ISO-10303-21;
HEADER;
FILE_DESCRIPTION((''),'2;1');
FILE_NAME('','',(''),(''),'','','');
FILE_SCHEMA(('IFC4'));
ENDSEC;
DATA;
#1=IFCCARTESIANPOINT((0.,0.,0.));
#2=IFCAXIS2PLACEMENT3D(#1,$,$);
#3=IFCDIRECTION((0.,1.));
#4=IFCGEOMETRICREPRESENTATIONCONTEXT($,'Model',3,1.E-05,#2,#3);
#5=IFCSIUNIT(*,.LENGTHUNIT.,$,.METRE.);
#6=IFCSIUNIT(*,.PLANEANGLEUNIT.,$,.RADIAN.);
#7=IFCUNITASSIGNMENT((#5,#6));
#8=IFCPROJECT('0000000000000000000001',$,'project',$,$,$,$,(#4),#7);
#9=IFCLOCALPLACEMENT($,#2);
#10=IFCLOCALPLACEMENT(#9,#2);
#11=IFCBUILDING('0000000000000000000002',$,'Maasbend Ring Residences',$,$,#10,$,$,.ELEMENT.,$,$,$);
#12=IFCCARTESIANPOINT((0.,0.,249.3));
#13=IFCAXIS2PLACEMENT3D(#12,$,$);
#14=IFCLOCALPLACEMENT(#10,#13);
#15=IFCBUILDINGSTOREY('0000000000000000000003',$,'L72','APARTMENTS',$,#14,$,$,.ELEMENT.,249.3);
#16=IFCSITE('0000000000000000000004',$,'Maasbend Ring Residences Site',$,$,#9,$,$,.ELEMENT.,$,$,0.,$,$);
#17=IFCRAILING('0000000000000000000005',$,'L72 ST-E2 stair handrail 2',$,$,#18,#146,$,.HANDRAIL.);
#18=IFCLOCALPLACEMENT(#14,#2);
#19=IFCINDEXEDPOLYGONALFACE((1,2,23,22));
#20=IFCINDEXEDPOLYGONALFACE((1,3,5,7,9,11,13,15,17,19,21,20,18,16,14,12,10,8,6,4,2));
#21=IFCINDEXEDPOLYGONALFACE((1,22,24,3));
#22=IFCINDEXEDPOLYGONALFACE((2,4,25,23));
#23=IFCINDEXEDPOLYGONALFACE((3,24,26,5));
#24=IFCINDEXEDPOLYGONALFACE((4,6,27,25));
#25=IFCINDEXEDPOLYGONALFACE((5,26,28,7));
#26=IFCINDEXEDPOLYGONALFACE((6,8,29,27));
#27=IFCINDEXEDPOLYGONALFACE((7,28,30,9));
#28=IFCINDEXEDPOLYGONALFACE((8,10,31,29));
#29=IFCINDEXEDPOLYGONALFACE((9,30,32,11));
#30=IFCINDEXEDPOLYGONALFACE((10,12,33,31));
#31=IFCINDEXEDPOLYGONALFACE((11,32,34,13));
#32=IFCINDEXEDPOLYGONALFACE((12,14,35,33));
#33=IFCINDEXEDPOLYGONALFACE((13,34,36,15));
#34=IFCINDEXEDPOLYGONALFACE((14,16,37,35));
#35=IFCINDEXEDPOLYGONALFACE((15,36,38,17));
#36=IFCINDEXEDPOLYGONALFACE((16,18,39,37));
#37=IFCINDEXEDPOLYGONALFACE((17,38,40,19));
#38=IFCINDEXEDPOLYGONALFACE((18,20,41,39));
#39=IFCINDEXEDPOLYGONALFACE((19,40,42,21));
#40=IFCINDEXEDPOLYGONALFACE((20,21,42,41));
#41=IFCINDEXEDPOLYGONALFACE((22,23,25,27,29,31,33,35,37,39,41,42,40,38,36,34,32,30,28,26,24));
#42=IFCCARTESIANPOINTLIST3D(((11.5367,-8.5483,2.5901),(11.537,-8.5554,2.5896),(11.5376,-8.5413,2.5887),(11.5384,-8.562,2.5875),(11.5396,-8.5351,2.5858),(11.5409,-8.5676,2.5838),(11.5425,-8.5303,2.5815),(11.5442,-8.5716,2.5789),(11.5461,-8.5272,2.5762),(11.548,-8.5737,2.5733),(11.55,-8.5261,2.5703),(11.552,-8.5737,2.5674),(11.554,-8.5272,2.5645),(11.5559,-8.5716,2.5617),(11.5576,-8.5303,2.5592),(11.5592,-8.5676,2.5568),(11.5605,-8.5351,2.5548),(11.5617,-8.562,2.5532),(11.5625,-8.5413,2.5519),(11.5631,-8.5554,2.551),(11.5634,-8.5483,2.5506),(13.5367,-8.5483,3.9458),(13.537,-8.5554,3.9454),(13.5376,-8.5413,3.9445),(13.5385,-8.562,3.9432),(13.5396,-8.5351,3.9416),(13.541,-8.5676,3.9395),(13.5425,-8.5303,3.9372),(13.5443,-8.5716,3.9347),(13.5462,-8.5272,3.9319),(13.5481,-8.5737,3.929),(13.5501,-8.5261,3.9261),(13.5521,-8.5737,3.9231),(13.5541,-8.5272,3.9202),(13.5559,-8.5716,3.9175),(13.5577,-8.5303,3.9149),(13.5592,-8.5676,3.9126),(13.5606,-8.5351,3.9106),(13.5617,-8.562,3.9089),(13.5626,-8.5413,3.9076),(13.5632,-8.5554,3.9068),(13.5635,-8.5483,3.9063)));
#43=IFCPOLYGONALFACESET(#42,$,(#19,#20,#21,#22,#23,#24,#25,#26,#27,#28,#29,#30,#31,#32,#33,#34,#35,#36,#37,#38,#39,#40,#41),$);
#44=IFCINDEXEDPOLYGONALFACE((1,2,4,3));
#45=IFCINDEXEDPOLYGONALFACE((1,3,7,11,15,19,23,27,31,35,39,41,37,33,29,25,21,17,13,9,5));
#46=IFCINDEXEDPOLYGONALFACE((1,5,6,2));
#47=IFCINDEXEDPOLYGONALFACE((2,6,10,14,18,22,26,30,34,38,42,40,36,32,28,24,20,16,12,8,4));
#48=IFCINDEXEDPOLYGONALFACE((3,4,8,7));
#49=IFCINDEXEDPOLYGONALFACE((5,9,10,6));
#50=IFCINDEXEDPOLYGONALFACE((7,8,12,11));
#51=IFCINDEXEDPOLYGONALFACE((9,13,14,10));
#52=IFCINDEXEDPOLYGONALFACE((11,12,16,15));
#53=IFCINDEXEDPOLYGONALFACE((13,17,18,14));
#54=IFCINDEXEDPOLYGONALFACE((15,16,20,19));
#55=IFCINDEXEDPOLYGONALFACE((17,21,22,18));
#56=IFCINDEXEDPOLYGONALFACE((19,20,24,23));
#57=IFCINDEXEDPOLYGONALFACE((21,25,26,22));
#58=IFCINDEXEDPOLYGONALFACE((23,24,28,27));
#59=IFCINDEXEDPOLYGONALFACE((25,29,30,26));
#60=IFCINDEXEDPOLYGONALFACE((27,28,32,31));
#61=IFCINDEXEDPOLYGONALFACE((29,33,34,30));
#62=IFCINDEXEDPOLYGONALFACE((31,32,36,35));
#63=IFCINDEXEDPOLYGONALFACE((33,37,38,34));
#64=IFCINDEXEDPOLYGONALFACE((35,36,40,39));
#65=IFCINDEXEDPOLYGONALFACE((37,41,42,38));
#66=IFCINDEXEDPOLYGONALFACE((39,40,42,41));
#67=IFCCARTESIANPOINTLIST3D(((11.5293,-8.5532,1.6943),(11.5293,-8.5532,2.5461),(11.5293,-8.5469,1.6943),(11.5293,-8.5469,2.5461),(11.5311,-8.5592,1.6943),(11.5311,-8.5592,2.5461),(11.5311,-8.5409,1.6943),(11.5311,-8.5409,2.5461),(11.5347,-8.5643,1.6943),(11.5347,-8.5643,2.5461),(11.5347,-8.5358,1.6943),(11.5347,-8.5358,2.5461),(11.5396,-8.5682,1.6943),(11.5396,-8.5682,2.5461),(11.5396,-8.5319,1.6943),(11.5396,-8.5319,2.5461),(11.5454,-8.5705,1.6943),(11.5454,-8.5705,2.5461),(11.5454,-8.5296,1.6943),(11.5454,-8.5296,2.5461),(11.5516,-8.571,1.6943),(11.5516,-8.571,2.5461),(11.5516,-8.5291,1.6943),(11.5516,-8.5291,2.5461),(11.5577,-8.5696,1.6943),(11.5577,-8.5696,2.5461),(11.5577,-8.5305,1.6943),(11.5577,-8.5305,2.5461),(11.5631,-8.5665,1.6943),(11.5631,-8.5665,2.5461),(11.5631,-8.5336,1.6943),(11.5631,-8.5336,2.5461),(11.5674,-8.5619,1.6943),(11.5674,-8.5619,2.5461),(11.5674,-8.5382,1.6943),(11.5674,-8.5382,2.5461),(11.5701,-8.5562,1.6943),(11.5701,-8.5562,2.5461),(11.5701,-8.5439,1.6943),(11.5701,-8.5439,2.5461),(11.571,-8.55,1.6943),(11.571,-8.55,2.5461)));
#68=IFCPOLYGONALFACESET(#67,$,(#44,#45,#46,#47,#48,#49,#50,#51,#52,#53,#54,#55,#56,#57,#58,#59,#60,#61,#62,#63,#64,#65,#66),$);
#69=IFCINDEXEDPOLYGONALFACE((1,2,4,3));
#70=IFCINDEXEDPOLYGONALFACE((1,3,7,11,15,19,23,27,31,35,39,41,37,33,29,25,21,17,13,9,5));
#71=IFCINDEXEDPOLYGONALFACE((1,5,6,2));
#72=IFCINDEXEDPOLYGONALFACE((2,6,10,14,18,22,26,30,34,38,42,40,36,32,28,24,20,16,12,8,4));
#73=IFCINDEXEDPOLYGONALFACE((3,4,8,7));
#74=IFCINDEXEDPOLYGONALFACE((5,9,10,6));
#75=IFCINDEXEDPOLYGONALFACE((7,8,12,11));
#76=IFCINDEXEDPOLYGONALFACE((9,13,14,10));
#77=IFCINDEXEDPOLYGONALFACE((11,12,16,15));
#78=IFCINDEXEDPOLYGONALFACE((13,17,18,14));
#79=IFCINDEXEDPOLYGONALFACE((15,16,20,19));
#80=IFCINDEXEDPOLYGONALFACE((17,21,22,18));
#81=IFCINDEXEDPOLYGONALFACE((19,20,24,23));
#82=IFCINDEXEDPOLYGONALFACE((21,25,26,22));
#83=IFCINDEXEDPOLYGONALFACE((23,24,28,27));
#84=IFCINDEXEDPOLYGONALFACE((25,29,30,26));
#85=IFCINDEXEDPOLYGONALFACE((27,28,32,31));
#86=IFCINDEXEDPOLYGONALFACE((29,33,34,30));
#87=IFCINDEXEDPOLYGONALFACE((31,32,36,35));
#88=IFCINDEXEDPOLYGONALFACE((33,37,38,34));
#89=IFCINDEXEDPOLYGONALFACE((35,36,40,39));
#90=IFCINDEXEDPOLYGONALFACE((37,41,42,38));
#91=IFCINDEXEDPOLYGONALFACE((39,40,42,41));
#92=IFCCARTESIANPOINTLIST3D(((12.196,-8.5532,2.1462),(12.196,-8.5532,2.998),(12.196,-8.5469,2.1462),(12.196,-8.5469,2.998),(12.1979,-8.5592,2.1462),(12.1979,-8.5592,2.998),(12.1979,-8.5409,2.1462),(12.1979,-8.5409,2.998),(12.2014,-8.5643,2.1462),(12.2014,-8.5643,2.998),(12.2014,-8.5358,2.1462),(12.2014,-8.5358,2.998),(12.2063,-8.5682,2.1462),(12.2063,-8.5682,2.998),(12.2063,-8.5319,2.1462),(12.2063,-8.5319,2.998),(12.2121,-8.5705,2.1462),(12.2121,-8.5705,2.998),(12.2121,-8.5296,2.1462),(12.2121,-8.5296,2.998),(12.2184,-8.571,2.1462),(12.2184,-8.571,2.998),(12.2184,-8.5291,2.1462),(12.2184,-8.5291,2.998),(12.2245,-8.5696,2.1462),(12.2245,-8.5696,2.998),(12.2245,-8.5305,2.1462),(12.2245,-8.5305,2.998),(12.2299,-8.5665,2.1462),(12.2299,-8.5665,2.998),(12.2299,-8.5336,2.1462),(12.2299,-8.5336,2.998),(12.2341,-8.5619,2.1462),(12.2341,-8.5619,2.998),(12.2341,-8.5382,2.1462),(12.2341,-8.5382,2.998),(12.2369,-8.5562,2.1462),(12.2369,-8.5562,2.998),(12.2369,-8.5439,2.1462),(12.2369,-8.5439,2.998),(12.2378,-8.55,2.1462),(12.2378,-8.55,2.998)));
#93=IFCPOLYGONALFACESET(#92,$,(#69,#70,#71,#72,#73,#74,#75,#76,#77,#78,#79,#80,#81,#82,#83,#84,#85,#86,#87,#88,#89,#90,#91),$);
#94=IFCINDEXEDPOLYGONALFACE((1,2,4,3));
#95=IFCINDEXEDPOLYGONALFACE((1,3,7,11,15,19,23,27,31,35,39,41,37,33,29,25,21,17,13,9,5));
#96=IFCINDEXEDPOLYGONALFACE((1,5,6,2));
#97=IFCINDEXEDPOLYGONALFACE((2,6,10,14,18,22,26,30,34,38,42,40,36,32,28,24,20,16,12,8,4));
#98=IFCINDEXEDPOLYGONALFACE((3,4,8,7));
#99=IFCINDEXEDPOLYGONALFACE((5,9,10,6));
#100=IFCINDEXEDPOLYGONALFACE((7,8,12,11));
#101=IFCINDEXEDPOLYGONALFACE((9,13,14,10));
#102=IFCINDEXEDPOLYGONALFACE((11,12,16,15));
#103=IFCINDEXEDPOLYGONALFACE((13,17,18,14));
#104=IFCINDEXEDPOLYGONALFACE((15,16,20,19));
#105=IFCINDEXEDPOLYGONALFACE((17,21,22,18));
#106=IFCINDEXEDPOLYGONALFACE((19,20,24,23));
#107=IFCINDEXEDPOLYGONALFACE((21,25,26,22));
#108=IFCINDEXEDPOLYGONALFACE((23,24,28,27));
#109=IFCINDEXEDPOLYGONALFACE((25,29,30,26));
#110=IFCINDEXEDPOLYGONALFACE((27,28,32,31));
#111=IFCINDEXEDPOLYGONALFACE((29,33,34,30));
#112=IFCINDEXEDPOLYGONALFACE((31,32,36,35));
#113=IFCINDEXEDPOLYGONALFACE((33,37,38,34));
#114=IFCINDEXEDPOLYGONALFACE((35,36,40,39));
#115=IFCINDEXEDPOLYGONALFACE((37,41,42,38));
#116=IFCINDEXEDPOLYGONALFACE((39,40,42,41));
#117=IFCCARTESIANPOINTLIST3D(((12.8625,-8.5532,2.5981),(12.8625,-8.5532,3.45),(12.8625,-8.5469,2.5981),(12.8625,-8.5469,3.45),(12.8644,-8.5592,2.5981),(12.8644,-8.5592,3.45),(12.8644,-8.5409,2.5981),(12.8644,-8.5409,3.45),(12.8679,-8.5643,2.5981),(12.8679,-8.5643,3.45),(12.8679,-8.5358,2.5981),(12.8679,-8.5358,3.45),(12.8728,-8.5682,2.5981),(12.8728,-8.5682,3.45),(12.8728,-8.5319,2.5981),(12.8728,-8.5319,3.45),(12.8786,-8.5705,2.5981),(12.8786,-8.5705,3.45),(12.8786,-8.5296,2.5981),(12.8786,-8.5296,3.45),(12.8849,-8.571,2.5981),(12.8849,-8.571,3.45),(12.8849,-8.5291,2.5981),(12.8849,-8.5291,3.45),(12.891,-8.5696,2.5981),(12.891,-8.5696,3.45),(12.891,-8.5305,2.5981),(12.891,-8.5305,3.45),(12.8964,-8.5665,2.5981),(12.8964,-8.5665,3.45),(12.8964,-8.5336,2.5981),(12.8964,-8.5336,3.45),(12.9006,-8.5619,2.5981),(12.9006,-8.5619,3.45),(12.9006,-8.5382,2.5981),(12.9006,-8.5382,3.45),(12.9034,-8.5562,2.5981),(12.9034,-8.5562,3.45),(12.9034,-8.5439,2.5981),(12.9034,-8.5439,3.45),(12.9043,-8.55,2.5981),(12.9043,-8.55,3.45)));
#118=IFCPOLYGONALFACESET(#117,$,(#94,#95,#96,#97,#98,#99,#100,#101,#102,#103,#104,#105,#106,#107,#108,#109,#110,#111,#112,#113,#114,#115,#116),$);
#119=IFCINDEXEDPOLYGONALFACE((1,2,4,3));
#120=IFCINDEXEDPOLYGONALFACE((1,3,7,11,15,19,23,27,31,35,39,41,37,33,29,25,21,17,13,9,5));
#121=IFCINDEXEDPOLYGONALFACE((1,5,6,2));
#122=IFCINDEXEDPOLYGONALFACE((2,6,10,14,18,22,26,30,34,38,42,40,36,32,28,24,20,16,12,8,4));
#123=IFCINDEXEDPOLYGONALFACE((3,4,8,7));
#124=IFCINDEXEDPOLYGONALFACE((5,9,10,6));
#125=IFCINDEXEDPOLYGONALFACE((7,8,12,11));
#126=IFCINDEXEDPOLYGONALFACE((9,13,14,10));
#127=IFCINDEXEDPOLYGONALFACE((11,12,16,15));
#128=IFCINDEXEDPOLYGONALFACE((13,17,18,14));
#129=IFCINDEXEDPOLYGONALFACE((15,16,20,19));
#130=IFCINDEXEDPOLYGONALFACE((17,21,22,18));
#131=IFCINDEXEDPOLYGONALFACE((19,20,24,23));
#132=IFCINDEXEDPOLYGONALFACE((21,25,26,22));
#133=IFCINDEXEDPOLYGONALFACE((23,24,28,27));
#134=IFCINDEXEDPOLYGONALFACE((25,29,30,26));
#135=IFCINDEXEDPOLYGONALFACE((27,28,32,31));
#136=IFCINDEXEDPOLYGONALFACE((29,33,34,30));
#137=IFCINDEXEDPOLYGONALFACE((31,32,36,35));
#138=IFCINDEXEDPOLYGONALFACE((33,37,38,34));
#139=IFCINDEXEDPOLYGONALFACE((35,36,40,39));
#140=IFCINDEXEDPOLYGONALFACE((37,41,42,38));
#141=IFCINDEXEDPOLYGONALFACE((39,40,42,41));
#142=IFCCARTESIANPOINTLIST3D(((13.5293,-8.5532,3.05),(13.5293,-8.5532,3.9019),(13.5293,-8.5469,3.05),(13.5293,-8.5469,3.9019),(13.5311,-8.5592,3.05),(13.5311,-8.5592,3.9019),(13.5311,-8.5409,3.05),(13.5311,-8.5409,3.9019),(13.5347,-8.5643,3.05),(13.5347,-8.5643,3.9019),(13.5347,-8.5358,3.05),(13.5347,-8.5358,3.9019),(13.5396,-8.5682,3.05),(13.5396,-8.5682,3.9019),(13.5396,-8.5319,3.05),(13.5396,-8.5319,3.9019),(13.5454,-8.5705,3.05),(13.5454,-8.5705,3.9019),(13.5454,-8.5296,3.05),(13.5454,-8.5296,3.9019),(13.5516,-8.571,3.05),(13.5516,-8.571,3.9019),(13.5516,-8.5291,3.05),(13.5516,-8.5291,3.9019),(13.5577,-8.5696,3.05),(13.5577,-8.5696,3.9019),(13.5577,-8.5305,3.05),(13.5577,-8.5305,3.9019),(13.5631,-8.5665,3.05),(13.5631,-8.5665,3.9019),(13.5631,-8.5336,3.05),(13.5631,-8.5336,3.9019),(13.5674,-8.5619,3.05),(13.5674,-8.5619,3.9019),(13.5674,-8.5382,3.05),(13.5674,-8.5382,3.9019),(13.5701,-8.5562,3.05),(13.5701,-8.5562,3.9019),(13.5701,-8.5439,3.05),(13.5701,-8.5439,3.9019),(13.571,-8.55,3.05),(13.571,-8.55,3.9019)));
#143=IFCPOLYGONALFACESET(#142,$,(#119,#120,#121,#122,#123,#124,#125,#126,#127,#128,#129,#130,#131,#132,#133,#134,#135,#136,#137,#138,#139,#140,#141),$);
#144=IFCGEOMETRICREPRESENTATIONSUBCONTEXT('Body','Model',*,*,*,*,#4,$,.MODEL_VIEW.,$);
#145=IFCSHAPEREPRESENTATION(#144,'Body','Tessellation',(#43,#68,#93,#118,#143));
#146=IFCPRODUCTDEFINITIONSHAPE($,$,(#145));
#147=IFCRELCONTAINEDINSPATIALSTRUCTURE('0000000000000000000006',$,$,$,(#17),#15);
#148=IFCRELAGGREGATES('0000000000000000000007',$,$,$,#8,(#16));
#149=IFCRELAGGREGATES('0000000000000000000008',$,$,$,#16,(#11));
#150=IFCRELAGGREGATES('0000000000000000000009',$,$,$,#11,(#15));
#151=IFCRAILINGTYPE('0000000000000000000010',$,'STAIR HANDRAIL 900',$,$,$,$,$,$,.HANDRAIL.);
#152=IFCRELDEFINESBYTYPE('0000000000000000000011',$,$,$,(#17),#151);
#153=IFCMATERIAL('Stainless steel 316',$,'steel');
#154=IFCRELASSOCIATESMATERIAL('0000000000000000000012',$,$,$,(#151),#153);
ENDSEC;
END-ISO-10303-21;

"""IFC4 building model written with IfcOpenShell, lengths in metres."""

from ifc_helpers import new_model, si_unit, direction, frame, origin, origin_2d, place, context, subcontext, project, spatial, circle, extrude, material, type_object, element, save


model = new_model("IFC4")

# Units and contexts
model_context = context("Model", 3, precision=1e-05, world=origin(), true_north=direction((0.0, 1.0)))
body_context = subcontext(model_context, "Body", "Model", "MODEL_VIEW")
ifc_project = project(units=[si_unit("LENGTHUNIT", "METRE"), si_unit("PLANEANGLEUNIT", "RADIAN")], contexts=[model_context])

# Site, building, storey
site_placement = place(None, origin())
site = spatial("IfcSite", under=ifc_project, at=site_placement, Name="Maasbend Ring Residences Site", CompositionType="ELEMENT", RefElevation=0.0)
building_placement = place(site_placement, origin())
building = spatial("IfcBuilding", under=site, at=building_placement, Name="Maasbend Ring Residences", CompositionType="ELEMENT")
storey_placement = place(building_placement, frame((0.0, 0.0, 249.3)))
storey = spatial("IfcBuildingStorey", under=building, at=storey_placement, Name="L72", Description="APARTMENTS", CompositionType="ELEMENT", Elevation=249.3)

# Railing
ifc_material_1 = material(Name="Stainless steel 316", Category="steel")
railing_type_1 = type_object("IfcRailingType", Name="STAIR HANDRAIL 900", PredefinedType="HANDRAIL", material=ifc_material_1)
railing_1_placement = place(storey_placement, frame((11.55, -8.55, 1.6943)))
element("IfcRailing", 1, at=railing_1_placement, inside=storey, type_object=railing_type_1, Name="L72 ST-E2 stair handrail 2", PredefinedType="HANDRAIL", context=body_context, shape_type="SweptSolid", body=[
    extrude(circle(Radius=0.0239, at=origin_2d()), frame((0.0, 0.0, 0.876), z_axis=(0.827751, 0.0, 0.561096), x_axis=(0.0, 1.0, 0.0)), (0.0, 0.0, 1.0), 2.4163),
    extrude(circle(Radius=0.021, at=origin_2d()), origin(), (0.0, 0.0, 1.0), 0.8518),
    extrude(circle(Radius=0.021, at=origin_2d()), frame((0.6667, 0.0, 0.4519)), (0.0, 0.0, 1.0), 0.8518),
    extrude(circle(Radius=0.021, at=origin_2d()), frame((1.3333, 0.0, 0.9038)), (0.0, 0.0, 1.0), 0.8518),
    extrude(circle(Radius=0.021, at=origin_2d()), frame((2.0, 0.0, 1.3557)), (0.0, 0.0, 1.0), 0.8518),
])

save(model, "model.ifc")
